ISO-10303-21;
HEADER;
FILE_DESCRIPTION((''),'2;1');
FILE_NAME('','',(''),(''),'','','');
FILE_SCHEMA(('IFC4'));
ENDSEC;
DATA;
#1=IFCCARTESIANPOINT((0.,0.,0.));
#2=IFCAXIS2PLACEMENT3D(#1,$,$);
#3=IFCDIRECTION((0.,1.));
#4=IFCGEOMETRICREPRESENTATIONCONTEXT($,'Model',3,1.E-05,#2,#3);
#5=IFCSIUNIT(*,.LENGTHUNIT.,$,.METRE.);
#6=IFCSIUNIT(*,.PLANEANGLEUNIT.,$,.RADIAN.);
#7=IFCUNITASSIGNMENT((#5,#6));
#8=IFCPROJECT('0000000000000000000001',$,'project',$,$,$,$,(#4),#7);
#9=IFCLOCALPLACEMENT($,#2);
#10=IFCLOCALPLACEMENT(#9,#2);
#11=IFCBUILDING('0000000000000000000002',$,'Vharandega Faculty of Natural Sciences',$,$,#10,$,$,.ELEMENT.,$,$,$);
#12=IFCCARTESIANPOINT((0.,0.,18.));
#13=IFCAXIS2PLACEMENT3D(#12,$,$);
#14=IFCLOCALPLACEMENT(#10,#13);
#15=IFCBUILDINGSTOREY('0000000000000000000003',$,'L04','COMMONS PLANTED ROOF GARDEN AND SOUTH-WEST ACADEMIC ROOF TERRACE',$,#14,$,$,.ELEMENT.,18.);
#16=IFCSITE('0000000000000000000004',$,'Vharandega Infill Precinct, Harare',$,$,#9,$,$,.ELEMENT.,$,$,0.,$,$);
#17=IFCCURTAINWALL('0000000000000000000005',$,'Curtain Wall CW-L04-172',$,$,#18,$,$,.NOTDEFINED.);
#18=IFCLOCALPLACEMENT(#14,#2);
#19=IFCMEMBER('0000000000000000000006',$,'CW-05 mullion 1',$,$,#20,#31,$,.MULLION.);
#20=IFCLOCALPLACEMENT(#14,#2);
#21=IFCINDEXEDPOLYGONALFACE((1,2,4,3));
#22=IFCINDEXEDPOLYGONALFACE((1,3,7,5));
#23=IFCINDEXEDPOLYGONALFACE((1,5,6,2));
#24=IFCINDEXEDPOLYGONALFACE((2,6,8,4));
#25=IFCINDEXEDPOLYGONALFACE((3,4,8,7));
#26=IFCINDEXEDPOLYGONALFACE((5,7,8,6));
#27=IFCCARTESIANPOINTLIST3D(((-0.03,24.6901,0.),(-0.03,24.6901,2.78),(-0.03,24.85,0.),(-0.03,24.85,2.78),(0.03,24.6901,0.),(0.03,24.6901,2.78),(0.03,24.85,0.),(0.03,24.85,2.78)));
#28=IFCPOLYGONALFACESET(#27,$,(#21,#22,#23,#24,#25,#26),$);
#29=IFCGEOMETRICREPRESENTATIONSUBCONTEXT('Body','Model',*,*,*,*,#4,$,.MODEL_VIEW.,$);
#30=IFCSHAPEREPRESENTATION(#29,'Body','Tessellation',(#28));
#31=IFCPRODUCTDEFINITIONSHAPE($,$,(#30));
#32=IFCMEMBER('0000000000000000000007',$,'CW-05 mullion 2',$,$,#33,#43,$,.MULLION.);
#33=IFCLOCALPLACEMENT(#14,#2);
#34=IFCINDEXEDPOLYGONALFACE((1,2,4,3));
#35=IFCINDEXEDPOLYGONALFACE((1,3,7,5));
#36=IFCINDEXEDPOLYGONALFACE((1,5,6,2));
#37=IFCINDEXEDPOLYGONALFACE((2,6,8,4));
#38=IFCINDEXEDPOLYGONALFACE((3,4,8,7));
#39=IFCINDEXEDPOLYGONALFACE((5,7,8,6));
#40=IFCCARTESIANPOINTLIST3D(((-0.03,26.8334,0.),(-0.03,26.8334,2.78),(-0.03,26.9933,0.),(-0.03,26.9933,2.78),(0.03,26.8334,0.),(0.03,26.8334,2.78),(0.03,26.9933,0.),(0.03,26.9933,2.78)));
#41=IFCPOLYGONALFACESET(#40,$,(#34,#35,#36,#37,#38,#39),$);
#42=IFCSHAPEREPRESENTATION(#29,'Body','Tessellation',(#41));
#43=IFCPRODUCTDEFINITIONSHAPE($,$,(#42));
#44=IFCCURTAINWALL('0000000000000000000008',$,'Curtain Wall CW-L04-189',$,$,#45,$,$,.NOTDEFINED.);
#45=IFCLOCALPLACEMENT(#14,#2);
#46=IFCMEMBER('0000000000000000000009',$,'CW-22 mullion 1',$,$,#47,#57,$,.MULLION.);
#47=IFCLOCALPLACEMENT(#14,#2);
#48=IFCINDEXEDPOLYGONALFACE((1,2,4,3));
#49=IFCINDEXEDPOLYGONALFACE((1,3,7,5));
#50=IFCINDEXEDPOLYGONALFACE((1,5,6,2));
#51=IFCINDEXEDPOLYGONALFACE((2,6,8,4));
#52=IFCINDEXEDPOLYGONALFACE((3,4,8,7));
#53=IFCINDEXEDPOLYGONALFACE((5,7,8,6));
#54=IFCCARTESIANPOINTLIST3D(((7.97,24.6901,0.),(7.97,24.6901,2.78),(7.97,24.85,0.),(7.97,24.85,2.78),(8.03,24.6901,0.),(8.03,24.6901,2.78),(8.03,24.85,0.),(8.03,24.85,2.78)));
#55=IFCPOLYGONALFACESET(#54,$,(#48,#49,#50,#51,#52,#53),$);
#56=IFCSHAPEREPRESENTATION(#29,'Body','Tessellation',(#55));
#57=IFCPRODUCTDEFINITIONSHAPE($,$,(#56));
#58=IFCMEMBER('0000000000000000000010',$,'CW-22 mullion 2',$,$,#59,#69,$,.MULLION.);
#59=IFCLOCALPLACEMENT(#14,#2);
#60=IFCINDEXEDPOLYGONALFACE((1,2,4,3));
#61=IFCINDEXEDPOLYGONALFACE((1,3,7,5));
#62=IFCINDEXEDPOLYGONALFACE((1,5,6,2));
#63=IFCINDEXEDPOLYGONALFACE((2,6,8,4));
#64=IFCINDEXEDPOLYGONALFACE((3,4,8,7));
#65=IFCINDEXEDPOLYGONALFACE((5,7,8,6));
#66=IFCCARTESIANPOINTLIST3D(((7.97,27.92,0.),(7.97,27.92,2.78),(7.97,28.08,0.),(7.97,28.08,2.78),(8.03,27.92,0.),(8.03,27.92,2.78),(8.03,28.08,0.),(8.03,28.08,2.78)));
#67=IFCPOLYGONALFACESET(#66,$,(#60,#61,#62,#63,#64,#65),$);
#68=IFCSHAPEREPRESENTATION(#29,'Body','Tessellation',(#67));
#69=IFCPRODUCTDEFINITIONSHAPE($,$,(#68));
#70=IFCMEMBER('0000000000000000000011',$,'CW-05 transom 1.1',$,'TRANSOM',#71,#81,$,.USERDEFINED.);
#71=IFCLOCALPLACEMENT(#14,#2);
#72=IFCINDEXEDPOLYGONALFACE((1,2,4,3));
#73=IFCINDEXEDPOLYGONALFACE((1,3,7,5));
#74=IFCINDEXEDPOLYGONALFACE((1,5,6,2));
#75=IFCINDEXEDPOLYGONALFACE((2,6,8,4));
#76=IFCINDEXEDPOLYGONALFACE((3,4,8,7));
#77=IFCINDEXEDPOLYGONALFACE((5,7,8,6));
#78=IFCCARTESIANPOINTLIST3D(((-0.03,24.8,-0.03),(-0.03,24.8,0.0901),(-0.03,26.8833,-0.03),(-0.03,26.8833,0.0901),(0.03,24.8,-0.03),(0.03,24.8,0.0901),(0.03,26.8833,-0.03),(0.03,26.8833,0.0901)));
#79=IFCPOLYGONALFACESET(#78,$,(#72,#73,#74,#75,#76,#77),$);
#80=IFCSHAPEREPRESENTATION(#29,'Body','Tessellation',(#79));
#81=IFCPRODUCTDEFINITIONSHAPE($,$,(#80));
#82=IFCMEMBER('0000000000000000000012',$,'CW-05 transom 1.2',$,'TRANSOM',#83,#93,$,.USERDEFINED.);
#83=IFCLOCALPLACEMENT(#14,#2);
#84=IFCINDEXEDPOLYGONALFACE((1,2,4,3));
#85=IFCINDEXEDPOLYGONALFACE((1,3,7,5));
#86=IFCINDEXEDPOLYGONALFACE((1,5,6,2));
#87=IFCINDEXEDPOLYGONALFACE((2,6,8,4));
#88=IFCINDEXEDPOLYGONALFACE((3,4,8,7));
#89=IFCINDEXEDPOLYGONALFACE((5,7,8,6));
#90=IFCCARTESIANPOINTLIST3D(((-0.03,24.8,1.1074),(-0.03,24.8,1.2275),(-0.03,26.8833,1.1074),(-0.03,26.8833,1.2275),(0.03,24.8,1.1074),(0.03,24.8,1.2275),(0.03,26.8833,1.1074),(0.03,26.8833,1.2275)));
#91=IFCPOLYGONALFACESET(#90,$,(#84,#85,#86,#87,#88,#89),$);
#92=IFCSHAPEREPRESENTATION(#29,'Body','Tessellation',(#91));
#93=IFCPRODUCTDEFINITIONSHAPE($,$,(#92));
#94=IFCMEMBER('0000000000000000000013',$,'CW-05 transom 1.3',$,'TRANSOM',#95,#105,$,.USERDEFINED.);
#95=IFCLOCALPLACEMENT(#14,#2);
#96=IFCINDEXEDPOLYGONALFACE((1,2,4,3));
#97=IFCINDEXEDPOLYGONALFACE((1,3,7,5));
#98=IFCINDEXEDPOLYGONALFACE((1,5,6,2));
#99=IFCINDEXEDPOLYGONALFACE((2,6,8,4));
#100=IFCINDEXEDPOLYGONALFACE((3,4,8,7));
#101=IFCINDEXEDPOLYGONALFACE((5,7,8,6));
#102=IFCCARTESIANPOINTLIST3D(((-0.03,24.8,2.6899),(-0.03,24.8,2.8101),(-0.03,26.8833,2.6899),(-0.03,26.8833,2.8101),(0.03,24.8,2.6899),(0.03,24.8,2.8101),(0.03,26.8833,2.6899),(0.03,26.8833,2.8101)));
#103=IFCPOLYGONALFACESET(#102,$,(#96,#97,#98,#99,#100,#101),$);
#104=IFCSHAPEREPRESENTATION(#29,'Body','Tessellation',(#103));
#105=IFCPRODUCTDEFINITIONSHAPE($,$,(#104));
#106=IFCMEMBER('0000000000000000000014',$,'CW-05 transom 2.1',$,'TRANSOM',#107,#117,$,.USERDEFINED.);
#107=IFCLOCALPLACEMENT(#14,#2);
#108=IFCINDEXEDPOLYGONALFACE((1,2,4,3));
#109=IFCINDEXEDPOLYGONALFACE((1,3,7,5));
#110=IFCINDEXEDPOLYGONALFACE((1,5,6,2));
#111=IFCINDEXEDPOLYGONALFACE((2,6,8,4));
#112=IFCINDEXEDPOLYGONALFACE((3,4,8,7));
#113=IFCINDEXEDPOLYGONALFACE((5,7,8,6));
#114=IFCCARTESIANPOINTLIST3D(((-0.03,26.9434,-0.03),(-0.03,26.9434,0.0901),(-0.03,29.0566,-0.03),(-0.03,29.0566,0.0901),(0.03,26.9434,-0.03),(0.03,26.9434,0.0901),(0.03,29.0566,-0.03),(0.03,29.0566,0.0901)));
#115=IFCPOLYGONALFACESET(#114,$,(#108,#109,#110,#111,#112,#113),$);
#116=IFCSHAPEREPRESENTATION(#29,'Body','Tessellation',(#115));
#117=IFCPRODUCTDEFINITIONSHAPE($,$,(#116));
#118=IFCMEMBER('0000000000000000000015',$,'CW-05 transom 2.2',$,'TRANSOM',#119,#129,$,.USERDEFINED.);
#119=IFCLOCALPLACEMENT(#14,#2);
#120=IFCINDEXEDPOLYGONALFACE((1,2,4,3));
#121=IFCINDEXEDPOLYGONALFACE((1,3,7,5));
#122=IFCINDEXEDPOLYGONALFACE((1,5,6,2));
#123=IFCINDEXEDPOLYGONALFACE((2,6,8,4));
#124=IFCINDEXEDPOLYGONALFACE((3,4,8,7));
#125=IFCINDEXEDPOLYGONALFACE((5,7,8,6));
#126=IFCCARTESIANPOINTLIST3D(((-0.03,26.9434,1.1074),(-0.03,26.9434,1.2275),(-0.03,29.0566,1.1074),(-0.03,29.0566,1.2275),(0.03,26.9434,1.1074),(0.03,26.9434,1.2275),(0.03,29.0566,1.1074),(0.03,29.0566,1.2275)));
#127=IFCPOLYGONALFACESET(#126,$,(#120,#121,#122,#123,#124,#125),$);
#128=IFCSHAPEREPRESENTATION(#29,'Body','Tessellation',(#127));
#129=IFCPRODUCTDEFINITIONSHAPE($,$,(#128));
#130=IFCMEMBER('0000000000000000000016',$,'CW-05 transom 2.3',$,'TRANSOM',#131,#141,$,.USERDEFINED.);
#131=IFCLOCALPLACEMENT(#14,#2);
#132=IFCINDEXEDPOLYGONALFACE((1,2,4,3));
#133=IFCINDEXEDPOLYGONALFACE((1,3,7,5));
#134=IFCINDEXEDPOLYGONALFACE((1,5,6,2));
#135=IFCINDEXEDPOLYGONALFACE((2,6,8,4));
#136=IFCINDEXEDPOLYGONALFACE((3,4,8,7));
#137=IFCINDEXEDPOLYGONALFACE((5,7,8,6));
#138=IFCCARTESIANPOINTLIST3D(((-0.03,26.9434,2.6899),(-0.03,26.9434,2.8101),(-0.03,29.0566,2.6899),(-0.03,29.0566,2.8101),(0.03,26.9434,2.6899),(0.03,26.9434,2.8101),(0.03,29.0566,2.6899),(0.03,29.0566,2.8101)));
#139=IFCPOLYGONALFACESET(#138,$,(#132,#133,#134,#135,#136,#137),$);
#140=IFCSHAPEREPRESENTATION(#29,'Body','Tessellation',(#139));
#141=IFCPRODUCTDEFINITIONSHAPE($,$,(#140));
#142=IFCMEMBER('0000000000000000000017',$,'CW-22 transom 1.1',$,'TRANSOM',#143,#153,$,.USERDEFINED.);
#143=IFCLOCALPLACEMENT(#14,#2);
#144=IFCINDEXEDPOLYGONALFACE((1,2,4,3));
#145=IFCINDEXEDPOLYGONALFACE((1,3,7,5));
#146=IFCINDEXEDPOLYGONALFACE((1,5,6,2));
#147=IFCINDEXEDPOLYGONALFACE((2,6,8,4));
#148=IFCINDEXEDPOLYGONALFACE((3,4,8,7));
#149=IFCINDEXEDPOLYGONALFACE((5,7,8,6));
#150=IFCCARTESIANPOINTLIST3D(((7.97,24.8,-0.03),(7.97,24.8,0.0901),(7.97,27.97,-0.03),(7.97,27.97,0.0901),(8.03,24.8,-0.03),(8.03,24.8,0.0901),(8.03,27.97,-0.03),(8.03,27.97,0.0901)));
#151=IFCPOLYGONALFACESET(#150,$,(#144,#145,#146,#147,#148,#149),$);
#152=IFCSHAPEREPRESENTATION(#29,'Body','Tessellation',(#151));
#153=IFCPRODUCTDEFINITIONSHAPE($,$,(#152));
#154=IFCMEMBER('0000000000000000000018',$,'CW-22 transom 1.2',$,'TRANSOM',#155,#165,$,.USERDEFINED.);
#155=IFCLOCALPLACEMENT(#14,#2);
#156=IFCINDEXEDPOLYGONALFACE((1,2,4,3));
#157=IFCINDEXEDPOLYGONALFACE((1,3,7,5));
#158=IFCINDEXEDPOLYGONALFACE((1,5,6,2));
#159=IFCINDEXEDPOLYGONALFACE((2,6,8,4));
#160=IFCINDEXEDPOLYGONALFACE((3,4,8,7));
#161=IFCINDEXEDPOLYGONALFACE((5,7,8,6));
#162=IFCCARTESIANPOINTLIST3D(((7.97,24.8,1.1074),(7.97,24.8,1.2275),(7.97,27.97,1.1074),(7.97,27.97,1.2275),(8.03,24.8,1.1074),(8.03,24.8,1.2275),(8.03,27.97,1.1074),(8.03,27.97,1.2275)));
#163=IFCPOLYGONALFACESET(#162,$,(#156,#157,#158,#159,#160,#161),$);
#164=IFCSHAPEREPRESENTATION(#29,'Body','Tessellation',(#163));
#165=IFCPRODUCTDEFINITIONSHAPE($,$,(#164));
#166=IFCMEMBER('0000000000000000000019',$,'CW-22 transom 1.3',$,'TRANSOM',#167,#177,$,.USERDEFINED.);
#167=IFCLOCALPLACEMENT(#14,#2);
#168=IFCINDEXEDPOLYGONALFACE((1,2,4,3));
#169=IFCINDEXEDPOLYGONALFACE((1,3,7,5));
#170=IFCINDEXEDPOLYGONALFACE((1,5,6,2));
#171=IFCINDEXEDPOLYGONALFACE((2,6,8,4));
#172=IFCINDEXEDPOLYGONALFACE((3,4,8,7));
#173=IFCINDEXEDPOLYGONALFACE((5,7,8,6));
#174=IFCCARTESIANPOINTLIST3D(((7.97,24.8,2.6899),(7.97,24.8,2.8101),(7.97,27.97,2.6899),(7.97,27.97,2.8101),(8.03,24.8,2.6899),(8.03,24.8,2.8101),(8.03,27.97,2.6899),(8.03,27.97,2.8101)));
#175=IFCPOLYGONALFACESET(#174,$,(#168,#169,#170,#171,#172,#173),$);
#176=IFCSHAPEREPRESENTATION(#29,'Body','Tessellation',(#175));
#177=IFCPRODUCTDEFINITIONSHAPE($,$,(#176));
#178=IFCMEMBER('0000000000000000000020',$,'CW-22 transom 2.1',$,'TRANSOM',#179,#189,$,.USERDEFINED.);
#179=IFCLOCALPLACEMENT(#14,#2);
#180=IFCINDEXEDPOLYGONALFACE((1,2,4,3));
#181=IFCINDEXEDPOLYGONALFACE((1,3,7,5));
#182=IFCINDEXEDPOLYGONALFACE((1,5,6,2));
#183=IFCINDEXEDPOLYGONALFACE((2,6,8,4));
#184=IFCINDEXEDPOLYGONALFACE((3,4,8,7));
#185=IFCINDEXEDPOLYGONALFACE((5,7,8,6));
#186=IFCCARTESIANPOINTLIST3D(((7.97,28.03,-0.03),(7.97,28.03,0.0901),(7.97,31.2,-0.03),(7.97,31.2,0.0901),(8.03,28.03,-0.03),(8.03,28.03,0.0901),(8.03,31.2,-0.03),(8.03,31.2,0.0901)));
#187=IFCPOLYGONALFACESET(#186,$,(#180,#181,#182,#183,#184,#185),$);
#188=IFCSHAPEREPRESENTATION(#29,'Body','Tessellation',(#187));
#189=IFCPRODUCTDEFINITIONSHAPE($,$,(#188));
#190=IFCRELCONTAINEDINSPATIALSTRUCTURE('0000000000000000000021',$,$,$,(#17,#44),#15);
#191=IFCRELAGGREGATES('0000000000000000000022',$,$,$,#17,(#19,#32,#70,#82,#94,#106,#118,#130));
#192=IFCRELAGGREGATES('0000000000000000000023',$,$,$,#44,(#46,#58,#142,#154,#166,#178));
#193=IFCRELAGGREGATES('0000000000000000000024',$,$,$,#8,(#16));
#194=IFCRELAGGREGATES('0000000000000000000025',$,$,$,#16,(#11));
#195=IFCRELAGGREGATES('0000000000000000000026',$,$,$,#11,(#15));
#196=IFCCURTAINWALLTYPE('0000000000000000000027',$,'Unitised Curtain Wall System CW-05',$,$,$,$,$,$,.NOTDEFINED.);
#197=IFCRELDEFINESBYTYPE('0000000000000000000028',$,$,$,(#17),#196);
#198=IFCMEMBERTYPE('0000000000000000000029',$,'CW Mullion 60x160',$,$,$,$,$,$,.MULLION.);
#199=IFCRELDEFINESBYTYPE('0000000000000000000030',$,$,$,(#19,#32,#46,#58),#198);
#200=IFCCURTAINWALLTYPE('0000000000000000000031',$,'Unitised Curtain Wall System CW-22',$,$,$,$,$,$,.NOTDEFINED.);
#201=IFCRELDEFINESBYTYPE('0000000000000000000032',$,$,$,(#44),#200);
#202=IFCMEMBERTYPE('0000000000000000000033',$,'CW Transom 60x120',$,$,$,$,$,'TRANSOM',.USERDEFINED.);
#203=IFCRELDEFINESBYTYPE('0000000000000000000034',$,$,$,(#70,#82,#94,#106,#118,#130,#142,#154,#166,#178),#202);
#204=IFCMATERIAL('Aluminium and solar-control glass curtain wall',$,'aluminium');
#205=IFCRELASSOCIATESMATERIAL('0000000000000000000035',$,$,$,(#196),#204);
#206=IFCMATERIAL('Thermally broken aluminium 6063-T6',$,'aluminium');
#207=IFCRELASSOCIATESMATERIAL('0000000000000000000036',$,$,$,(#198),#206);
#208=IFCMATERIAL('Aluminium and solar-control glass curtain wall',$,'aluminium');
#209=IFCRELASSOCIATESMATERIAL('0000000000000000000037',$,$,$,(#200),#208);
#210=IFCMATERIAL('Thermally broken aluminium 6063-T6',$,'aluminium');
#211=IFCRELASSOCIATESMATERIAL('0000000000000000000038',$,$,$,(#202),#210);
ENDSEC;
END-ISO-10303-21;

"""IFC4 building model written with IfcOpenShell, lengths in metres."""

from ifc_helpers import new_model, si_unit, direction, frame, origin, origin_2d, place, context, subcontext, project, spatial, rectangle, extrude, material, material_profile, profile_set, type_object, element, aggregate, save


model = new_model("IFC4")

# Units and contexts
model_context = context("Model", 3, precision=1e-05, world=origin(), true_north=direction((0.0, 1.0)))
body_context = subcontext(model_context, "Body", "Model", "MODEL_VIEW")
ifc_project = project(units=[si_unit("LENGTHUNIT", "METRE"), si_unit("PLANEANGLEUNIT", "RADIAN")], contexts=[model_context])

# Site, building, storey
site_placement = place(None, origin())
site = spatial("IfcSite", under=ifc_project, at=site_placement, Name="Vharandega Infill Precinct, Harare", CompositionType="ELEMENT", RefElevation=0.0)
building_placement = place(site_placement, origin())
building = spatial("IfcBuilding", under=site, at=building_placement, Name="Vharandega Faculty of Natural Sciences", CompositionType="ELEMENT")
storey_placement = place(building_placement, frame((0.0, 0.0, 18.0)))
storey = spatial("IfcBuildingStorey", under=building, at=storey_placement, Name="L04", Description="COMMONS PLANTED ROOF GARDEN AND SOUTH-WEST ACADEMIC ROOF TERRACE", CompositionType="ELEMENT", Elevation=18.0)

# Curtain walls, members
ifc_material_1 = material(Name="Aluminium and solar-control glass curtain wall", Category="aluminium")
curtain_wall_type_1 = type_object("IfcCurtainWallType", Name="Unitised Curtain Wall System CW-05", PredefinedType="NOTDEFINED", material=ifc_material_1)
curtain_wall_1_placement = place(storey_placement, origin())
curtain_wall_1 = element("IfcCurtainWall", 1, at=curtain_wall_1_placement, inside=storey, type_object=curtain_wall_type_1, Name="Curtain Wall CW-L04-172", PredefinedType="NOTDEFINED")
ifc_material_2 = material(Name="Thermally broken aluminium 6063-T6", Category="aluminium")
ifc_material_profile_1 = material_profile(ifc_material_2, rectangle(XDim=0.0601, YDim=0.1599, at=origin_2d()), Name="ALU 60x160")
ifc_profile_set_1 = profile_set([ifc_material_profile_1], Name="Thermally broken aluminium 6063-T6")
member_type_1 = type_object("IfcMemberType", Name="CW Mullion 60x160", PredefinedType="MULLION", material=ifc_profile_set_1)
member_1_placement = place(storey_placement, frame((0.0, 24.77, 0.0), z_axis=(0.0, 0.0, 1.0), x_axis=(-1.0, 0.0, 0.0)))
member_1 = element("IfcMember", 2, at=member_1_placement, type_object=member_type_1, Name="CW-05 mullion 1", PredefinedType="MULLION", context=body_context, shape_type="SweptSolid", body=[
    extrude(rectangle(XDim=0.0601, YDim=0.1599, at=origin_2d()), origin(), (0.0, 0.0, 1.0), 2.78),
])
member_2_placement = place(storey_placement, frame((0.0, 26.9133, 0.0), z_axis=(0.0, 0.0, 1.0), x_axis=(-1.0, 0.0, 0.0)))
member_2 = element("IfcMember", 3, at=member_2_placement, type_object=member_type_1, Name="CW-05 mullion 2", PredefinedType="MULLION", context=body_context, shape_type="SweptSolid", body=[
    extrude(rectangle(XDim=0.0601, YDim=0.1599, at=origin_2d()), origin(), (0.0, 0.0, 1.0), 2.78),
])
ifc_material_3 = material(Name="Aluminium and solar-control glass curtain wall", Category="aluminium")
curtain_wall_type_2 = type_object("IfcCurtainWallType", Name="Unitised Curtain Wall System CW-22", PredefinedType="NOTDEFINED", material=ifc_material_3)
curtain_wall_2_placement = place(storey_placement, origin())
curtain_wall_2 = element("IfcCurtainWall", 4, at=curtain_wall_2_placement, inside=storey, type_object=curtain_wall_type_2, Name="Curtain Wall CW-L04-189", PredefinedType="NOTDEFINED")
member_3_placement = place(storey_placement, frame((8.0, 24.77, 0.0), z_axis=(0.0, 0.0, 1.0), x_axis=(-1.0, 0.0, 0.0)))
member_3 = element("IfcMember", 5, at=member_3_placement, type_object=member_type_1, Name="CW-22 mullion 1", PredefinedType="MULLION", context=body_context, shape_type="SweptSolid", body=[
    extrude(rectangle(XDim=0.0601, YDim=0.1599, at=origin_2d()), origin(), (0.0, 0.0, 1.0), 2.78),
])
member_4_placement = place(storey_placement, frame((8.0, 28.0, 0.0), z_axis=(0.0, 0.0, 1.0), x_axis=(-1.0, 0.0, 0.0)))
member_4 = element("IfcMember", 6, at=member_4_placement, type_object=member_type_1, Name="CW-22 mullion 2", PredefinedType="MULLION", context=body_context, shape_type="SweptSolid", body=[
    extrude(rectangle(XDim=0.0601, YDim=0.1599, at=origin_2d()), origin(), (0.0, 0.0, 1.0), 2.78),
])

# Members
ifc_material_4 = material(Name="Thermally broken aluminium 6063-T6", Category="aluminium")
ifc_material_profile_2 = material_profile(ifc_material_4, rectangle(XDim=0.0601, YDim=0.1201, at=origin_2d()), Name="ALU 60x120")
ifc_profile_set_2 = profile_set([ifc_material_profile_2], Name="Thermally broken aluminium 6063-T6")
member_type_2 = type_object("IfcMemberType", Name="CW Transom 60x120", ElementType="TRANSOM", PredefinedType="USERDEFINED", material=ifc_profile_set_2)
member_5_placement = place(storey_placement, frame((0.0, 24.8, 0.03), z_axis=(0.0, 1.0, 0.0), x_axis=(-1.0, 0.0, 0.0)))
member_5 = element("IfcMember", 7, at=member_5_placement, type_object=member_type_2, Name="CW-05 transom 1.1", ObjectType="TRANSOM", PredefinedType="USERDEFINED", context=body_context, shape_type="SweptSolid", body=[
    extrude(rectangle(XDim=0.0601, YDim=0.1201, at=origin_2d()), origin(), (0.0, 0.0, 1.0), 2.0833),
])
member_6_placement = place(storey_placement, frame((0.0, 24.8, 1.1675), z_axis=(0.0, 1.0, 0.0), x_axis=(-1.0, 0.0, 0.0)))
member_6 = element("IfcMember", 8, at=member_6_placement, type_object=member_type_2, Name="CW-05 transom 1.2", ObjectType="TRANSOM", PredefinedType="USERDEFINED", context=body_context, shape_type="SweptSolid", body=[
    extrude(rectangle(XDim=0.0601, YDim=0.1201, at=origin_2d()), origin(), (0.0, 0.0, 1.0), 2.0833),
])
member_7_placement = place(storey_placement, frame((0.0, 24.8, 2.75), z_axis=(0.0, 1.0, 0.0), x_axis=(-1.0, 0.0, 0.0)))
member_7 = element("IfcMember", 9, at=member_7_placement, type_object=member_type_2, Name="CW-05 transom 1.3", ObjectType="TRANSOM", PredefinedType="USERDEFINED", context=body_context, shape_type="SweptSolid", body=[
    extrude(rectangle(XDim=0.0601, YDim=0.1201, at=origin_2d()), origin(), (0.0, 0.0, 1.0), 2.0833),
])
member_8_placement = place(storey_placement, frame((0.0, 26.9434, 0.03), z_axis=(0.0, 1.0, 0.0), x_axis=(-1.0, 0.0, 0.0)))
member_8 = element("IfcMember", 10, at=member_8_placement, type_object=member_type_2, Name="CW-05 transom 2.1", ObjectType="TRANSOM", PredefinedType="USERDEFINED", context=body_context, shape_type="SweptSolid", body=[
    extrude(rectangle(XDim=0.0601, YDim=0.1201, at=origin_2d()), origin(), (0.0, 0.0, 1.0), 2.1133),
])
member_9_placement = place(storey_placement, frame((0.0, 26.9434, 1.1675), z_axis=(0.0, 1.0, 0.0), x_axis=(-1.0, 0.0, 0.0)))
member_9 = element("IfcMember", 11, at=member_9_placement, type_object=member_type_2, Name="CW-05 transom 2.2", ObjectType="TRANSOM", PredefinedType="USERDEFINED", context=body_context, shape_type="SweptSolid", body=[
    extrude(rectangle(XDim=0.0601, YDim=0.1201, at=origin_2d()), origin(), (0.0, 0.0, 1.0), 2.1133),
])
member_10_placement = place(storey_placement, frame((0.0, 26.9434, 2.75), z_axis=(0.0, 1.0, 0.0), x_axis=(-1.0, 0.0, 0.0)))
member_10 = element("IfcMember", 12, at=member_10_placement, type_object=member_type_2, Name="CW-05 transom 2.3", ObjectType="TRANSOM", PredefinedType="USERDEFINED", context=body_context, shape_type="SweptSolid", body=[
    extrude(rectangle(XDim=0.0601, YDim=0.1201, at=origin_2d()), origin(), (0.0, 0.0, 1.0), 2.1133),
])
member_11_placement = place(storey_placement, frame((8.0, 24.8, 0.03), z_axis=(0.0, 1.0, 0.0), x_axis=(-1.0, 0.0, 0.0)))
member_11 = element("IfcMember", 13, at=member_11_placement, type_object=member_type_2, Name="CW-22 transom 1.1", ObjectType="TRANSOM", PredefinedType="USERDEFINED", context=body_context, shape_type="SweptSolid", body=[
    extrude(rectangle(XDim=0.0601, YDim=0.1201, at=origin_2d()), origin(), (0.0, 0.0, 1.0), 3.1699),
])
member_12_placement = place(storey_placement, frame((8.0, 24.8, 1.1675), z_axis=(0.0, 1.0, 0.0), x_axis=(-1.0, 0.0, 0.0)))
member_12 = element("IfcMember", 14, at=member_12_placement, type_object=member_type_2, Name="CW-22 transom 1.2", ObjectType="TRANSOM", PredefinedType="USERDEFINED", context=body_context, shape_type="SweptSolid", body=[
    extrude(rectangle(XDim=0.0601, YDim=0.1201, at=origin_2d()), origin(), (0.0, 0.0, 1.0), 3.1699),
])
member_13_placement = place(storey_placement, frame((8.0, 24.8, 2.75), z_axis=(0.0, 1.0, 0.0), x_axis=(-1.0, 0.0, 0.0)))
member_13 = element("IfcMember", 15, at=member_13_placement, type_object=member_type_2, Name="CW-22 transom 1.3", ObjectType="TRANSOM", PredefinedType="USERDEFINED", context=body_context, shape_type="SweptSolid", body=[
    extrude(rectangle(XDim=0.0601, YDim=0.1201, at=origin_2d()), origin(), (0.0, 0.0, 1.0), 3.1699),
])
member_14_placement = place(storey_placement, frame((8.0, 28.03, 0.03), z_axis=(0.0, 1.0, 0.0), x_axis=(-1.0, 0.0, 0.0)))
member_14 = element("IfcMember", 16, at=member_14_placement, type_object=member_type_2, Name="CW-22 transom 2.1", ObjectType="TRANSOM", PredefinedType="USERDEFINED", context=body_context, shape_type="SweptSolid", body=[
    extrude(rectangle(XDim=0.0601, YDim=0.1201, at=origin_2d()), origin(), (0.0, 0.0, 1.0), 3.1699),
])

aggregate(curtain_wall_1, [member_1, member_2, member_5, member_6, member_7, member_8, member_9, member_10])
aggregate(curtain_wall_2, [member_3, member_4, member_11, member_12, member_13, member_14])

save(model, "model.ifc")
